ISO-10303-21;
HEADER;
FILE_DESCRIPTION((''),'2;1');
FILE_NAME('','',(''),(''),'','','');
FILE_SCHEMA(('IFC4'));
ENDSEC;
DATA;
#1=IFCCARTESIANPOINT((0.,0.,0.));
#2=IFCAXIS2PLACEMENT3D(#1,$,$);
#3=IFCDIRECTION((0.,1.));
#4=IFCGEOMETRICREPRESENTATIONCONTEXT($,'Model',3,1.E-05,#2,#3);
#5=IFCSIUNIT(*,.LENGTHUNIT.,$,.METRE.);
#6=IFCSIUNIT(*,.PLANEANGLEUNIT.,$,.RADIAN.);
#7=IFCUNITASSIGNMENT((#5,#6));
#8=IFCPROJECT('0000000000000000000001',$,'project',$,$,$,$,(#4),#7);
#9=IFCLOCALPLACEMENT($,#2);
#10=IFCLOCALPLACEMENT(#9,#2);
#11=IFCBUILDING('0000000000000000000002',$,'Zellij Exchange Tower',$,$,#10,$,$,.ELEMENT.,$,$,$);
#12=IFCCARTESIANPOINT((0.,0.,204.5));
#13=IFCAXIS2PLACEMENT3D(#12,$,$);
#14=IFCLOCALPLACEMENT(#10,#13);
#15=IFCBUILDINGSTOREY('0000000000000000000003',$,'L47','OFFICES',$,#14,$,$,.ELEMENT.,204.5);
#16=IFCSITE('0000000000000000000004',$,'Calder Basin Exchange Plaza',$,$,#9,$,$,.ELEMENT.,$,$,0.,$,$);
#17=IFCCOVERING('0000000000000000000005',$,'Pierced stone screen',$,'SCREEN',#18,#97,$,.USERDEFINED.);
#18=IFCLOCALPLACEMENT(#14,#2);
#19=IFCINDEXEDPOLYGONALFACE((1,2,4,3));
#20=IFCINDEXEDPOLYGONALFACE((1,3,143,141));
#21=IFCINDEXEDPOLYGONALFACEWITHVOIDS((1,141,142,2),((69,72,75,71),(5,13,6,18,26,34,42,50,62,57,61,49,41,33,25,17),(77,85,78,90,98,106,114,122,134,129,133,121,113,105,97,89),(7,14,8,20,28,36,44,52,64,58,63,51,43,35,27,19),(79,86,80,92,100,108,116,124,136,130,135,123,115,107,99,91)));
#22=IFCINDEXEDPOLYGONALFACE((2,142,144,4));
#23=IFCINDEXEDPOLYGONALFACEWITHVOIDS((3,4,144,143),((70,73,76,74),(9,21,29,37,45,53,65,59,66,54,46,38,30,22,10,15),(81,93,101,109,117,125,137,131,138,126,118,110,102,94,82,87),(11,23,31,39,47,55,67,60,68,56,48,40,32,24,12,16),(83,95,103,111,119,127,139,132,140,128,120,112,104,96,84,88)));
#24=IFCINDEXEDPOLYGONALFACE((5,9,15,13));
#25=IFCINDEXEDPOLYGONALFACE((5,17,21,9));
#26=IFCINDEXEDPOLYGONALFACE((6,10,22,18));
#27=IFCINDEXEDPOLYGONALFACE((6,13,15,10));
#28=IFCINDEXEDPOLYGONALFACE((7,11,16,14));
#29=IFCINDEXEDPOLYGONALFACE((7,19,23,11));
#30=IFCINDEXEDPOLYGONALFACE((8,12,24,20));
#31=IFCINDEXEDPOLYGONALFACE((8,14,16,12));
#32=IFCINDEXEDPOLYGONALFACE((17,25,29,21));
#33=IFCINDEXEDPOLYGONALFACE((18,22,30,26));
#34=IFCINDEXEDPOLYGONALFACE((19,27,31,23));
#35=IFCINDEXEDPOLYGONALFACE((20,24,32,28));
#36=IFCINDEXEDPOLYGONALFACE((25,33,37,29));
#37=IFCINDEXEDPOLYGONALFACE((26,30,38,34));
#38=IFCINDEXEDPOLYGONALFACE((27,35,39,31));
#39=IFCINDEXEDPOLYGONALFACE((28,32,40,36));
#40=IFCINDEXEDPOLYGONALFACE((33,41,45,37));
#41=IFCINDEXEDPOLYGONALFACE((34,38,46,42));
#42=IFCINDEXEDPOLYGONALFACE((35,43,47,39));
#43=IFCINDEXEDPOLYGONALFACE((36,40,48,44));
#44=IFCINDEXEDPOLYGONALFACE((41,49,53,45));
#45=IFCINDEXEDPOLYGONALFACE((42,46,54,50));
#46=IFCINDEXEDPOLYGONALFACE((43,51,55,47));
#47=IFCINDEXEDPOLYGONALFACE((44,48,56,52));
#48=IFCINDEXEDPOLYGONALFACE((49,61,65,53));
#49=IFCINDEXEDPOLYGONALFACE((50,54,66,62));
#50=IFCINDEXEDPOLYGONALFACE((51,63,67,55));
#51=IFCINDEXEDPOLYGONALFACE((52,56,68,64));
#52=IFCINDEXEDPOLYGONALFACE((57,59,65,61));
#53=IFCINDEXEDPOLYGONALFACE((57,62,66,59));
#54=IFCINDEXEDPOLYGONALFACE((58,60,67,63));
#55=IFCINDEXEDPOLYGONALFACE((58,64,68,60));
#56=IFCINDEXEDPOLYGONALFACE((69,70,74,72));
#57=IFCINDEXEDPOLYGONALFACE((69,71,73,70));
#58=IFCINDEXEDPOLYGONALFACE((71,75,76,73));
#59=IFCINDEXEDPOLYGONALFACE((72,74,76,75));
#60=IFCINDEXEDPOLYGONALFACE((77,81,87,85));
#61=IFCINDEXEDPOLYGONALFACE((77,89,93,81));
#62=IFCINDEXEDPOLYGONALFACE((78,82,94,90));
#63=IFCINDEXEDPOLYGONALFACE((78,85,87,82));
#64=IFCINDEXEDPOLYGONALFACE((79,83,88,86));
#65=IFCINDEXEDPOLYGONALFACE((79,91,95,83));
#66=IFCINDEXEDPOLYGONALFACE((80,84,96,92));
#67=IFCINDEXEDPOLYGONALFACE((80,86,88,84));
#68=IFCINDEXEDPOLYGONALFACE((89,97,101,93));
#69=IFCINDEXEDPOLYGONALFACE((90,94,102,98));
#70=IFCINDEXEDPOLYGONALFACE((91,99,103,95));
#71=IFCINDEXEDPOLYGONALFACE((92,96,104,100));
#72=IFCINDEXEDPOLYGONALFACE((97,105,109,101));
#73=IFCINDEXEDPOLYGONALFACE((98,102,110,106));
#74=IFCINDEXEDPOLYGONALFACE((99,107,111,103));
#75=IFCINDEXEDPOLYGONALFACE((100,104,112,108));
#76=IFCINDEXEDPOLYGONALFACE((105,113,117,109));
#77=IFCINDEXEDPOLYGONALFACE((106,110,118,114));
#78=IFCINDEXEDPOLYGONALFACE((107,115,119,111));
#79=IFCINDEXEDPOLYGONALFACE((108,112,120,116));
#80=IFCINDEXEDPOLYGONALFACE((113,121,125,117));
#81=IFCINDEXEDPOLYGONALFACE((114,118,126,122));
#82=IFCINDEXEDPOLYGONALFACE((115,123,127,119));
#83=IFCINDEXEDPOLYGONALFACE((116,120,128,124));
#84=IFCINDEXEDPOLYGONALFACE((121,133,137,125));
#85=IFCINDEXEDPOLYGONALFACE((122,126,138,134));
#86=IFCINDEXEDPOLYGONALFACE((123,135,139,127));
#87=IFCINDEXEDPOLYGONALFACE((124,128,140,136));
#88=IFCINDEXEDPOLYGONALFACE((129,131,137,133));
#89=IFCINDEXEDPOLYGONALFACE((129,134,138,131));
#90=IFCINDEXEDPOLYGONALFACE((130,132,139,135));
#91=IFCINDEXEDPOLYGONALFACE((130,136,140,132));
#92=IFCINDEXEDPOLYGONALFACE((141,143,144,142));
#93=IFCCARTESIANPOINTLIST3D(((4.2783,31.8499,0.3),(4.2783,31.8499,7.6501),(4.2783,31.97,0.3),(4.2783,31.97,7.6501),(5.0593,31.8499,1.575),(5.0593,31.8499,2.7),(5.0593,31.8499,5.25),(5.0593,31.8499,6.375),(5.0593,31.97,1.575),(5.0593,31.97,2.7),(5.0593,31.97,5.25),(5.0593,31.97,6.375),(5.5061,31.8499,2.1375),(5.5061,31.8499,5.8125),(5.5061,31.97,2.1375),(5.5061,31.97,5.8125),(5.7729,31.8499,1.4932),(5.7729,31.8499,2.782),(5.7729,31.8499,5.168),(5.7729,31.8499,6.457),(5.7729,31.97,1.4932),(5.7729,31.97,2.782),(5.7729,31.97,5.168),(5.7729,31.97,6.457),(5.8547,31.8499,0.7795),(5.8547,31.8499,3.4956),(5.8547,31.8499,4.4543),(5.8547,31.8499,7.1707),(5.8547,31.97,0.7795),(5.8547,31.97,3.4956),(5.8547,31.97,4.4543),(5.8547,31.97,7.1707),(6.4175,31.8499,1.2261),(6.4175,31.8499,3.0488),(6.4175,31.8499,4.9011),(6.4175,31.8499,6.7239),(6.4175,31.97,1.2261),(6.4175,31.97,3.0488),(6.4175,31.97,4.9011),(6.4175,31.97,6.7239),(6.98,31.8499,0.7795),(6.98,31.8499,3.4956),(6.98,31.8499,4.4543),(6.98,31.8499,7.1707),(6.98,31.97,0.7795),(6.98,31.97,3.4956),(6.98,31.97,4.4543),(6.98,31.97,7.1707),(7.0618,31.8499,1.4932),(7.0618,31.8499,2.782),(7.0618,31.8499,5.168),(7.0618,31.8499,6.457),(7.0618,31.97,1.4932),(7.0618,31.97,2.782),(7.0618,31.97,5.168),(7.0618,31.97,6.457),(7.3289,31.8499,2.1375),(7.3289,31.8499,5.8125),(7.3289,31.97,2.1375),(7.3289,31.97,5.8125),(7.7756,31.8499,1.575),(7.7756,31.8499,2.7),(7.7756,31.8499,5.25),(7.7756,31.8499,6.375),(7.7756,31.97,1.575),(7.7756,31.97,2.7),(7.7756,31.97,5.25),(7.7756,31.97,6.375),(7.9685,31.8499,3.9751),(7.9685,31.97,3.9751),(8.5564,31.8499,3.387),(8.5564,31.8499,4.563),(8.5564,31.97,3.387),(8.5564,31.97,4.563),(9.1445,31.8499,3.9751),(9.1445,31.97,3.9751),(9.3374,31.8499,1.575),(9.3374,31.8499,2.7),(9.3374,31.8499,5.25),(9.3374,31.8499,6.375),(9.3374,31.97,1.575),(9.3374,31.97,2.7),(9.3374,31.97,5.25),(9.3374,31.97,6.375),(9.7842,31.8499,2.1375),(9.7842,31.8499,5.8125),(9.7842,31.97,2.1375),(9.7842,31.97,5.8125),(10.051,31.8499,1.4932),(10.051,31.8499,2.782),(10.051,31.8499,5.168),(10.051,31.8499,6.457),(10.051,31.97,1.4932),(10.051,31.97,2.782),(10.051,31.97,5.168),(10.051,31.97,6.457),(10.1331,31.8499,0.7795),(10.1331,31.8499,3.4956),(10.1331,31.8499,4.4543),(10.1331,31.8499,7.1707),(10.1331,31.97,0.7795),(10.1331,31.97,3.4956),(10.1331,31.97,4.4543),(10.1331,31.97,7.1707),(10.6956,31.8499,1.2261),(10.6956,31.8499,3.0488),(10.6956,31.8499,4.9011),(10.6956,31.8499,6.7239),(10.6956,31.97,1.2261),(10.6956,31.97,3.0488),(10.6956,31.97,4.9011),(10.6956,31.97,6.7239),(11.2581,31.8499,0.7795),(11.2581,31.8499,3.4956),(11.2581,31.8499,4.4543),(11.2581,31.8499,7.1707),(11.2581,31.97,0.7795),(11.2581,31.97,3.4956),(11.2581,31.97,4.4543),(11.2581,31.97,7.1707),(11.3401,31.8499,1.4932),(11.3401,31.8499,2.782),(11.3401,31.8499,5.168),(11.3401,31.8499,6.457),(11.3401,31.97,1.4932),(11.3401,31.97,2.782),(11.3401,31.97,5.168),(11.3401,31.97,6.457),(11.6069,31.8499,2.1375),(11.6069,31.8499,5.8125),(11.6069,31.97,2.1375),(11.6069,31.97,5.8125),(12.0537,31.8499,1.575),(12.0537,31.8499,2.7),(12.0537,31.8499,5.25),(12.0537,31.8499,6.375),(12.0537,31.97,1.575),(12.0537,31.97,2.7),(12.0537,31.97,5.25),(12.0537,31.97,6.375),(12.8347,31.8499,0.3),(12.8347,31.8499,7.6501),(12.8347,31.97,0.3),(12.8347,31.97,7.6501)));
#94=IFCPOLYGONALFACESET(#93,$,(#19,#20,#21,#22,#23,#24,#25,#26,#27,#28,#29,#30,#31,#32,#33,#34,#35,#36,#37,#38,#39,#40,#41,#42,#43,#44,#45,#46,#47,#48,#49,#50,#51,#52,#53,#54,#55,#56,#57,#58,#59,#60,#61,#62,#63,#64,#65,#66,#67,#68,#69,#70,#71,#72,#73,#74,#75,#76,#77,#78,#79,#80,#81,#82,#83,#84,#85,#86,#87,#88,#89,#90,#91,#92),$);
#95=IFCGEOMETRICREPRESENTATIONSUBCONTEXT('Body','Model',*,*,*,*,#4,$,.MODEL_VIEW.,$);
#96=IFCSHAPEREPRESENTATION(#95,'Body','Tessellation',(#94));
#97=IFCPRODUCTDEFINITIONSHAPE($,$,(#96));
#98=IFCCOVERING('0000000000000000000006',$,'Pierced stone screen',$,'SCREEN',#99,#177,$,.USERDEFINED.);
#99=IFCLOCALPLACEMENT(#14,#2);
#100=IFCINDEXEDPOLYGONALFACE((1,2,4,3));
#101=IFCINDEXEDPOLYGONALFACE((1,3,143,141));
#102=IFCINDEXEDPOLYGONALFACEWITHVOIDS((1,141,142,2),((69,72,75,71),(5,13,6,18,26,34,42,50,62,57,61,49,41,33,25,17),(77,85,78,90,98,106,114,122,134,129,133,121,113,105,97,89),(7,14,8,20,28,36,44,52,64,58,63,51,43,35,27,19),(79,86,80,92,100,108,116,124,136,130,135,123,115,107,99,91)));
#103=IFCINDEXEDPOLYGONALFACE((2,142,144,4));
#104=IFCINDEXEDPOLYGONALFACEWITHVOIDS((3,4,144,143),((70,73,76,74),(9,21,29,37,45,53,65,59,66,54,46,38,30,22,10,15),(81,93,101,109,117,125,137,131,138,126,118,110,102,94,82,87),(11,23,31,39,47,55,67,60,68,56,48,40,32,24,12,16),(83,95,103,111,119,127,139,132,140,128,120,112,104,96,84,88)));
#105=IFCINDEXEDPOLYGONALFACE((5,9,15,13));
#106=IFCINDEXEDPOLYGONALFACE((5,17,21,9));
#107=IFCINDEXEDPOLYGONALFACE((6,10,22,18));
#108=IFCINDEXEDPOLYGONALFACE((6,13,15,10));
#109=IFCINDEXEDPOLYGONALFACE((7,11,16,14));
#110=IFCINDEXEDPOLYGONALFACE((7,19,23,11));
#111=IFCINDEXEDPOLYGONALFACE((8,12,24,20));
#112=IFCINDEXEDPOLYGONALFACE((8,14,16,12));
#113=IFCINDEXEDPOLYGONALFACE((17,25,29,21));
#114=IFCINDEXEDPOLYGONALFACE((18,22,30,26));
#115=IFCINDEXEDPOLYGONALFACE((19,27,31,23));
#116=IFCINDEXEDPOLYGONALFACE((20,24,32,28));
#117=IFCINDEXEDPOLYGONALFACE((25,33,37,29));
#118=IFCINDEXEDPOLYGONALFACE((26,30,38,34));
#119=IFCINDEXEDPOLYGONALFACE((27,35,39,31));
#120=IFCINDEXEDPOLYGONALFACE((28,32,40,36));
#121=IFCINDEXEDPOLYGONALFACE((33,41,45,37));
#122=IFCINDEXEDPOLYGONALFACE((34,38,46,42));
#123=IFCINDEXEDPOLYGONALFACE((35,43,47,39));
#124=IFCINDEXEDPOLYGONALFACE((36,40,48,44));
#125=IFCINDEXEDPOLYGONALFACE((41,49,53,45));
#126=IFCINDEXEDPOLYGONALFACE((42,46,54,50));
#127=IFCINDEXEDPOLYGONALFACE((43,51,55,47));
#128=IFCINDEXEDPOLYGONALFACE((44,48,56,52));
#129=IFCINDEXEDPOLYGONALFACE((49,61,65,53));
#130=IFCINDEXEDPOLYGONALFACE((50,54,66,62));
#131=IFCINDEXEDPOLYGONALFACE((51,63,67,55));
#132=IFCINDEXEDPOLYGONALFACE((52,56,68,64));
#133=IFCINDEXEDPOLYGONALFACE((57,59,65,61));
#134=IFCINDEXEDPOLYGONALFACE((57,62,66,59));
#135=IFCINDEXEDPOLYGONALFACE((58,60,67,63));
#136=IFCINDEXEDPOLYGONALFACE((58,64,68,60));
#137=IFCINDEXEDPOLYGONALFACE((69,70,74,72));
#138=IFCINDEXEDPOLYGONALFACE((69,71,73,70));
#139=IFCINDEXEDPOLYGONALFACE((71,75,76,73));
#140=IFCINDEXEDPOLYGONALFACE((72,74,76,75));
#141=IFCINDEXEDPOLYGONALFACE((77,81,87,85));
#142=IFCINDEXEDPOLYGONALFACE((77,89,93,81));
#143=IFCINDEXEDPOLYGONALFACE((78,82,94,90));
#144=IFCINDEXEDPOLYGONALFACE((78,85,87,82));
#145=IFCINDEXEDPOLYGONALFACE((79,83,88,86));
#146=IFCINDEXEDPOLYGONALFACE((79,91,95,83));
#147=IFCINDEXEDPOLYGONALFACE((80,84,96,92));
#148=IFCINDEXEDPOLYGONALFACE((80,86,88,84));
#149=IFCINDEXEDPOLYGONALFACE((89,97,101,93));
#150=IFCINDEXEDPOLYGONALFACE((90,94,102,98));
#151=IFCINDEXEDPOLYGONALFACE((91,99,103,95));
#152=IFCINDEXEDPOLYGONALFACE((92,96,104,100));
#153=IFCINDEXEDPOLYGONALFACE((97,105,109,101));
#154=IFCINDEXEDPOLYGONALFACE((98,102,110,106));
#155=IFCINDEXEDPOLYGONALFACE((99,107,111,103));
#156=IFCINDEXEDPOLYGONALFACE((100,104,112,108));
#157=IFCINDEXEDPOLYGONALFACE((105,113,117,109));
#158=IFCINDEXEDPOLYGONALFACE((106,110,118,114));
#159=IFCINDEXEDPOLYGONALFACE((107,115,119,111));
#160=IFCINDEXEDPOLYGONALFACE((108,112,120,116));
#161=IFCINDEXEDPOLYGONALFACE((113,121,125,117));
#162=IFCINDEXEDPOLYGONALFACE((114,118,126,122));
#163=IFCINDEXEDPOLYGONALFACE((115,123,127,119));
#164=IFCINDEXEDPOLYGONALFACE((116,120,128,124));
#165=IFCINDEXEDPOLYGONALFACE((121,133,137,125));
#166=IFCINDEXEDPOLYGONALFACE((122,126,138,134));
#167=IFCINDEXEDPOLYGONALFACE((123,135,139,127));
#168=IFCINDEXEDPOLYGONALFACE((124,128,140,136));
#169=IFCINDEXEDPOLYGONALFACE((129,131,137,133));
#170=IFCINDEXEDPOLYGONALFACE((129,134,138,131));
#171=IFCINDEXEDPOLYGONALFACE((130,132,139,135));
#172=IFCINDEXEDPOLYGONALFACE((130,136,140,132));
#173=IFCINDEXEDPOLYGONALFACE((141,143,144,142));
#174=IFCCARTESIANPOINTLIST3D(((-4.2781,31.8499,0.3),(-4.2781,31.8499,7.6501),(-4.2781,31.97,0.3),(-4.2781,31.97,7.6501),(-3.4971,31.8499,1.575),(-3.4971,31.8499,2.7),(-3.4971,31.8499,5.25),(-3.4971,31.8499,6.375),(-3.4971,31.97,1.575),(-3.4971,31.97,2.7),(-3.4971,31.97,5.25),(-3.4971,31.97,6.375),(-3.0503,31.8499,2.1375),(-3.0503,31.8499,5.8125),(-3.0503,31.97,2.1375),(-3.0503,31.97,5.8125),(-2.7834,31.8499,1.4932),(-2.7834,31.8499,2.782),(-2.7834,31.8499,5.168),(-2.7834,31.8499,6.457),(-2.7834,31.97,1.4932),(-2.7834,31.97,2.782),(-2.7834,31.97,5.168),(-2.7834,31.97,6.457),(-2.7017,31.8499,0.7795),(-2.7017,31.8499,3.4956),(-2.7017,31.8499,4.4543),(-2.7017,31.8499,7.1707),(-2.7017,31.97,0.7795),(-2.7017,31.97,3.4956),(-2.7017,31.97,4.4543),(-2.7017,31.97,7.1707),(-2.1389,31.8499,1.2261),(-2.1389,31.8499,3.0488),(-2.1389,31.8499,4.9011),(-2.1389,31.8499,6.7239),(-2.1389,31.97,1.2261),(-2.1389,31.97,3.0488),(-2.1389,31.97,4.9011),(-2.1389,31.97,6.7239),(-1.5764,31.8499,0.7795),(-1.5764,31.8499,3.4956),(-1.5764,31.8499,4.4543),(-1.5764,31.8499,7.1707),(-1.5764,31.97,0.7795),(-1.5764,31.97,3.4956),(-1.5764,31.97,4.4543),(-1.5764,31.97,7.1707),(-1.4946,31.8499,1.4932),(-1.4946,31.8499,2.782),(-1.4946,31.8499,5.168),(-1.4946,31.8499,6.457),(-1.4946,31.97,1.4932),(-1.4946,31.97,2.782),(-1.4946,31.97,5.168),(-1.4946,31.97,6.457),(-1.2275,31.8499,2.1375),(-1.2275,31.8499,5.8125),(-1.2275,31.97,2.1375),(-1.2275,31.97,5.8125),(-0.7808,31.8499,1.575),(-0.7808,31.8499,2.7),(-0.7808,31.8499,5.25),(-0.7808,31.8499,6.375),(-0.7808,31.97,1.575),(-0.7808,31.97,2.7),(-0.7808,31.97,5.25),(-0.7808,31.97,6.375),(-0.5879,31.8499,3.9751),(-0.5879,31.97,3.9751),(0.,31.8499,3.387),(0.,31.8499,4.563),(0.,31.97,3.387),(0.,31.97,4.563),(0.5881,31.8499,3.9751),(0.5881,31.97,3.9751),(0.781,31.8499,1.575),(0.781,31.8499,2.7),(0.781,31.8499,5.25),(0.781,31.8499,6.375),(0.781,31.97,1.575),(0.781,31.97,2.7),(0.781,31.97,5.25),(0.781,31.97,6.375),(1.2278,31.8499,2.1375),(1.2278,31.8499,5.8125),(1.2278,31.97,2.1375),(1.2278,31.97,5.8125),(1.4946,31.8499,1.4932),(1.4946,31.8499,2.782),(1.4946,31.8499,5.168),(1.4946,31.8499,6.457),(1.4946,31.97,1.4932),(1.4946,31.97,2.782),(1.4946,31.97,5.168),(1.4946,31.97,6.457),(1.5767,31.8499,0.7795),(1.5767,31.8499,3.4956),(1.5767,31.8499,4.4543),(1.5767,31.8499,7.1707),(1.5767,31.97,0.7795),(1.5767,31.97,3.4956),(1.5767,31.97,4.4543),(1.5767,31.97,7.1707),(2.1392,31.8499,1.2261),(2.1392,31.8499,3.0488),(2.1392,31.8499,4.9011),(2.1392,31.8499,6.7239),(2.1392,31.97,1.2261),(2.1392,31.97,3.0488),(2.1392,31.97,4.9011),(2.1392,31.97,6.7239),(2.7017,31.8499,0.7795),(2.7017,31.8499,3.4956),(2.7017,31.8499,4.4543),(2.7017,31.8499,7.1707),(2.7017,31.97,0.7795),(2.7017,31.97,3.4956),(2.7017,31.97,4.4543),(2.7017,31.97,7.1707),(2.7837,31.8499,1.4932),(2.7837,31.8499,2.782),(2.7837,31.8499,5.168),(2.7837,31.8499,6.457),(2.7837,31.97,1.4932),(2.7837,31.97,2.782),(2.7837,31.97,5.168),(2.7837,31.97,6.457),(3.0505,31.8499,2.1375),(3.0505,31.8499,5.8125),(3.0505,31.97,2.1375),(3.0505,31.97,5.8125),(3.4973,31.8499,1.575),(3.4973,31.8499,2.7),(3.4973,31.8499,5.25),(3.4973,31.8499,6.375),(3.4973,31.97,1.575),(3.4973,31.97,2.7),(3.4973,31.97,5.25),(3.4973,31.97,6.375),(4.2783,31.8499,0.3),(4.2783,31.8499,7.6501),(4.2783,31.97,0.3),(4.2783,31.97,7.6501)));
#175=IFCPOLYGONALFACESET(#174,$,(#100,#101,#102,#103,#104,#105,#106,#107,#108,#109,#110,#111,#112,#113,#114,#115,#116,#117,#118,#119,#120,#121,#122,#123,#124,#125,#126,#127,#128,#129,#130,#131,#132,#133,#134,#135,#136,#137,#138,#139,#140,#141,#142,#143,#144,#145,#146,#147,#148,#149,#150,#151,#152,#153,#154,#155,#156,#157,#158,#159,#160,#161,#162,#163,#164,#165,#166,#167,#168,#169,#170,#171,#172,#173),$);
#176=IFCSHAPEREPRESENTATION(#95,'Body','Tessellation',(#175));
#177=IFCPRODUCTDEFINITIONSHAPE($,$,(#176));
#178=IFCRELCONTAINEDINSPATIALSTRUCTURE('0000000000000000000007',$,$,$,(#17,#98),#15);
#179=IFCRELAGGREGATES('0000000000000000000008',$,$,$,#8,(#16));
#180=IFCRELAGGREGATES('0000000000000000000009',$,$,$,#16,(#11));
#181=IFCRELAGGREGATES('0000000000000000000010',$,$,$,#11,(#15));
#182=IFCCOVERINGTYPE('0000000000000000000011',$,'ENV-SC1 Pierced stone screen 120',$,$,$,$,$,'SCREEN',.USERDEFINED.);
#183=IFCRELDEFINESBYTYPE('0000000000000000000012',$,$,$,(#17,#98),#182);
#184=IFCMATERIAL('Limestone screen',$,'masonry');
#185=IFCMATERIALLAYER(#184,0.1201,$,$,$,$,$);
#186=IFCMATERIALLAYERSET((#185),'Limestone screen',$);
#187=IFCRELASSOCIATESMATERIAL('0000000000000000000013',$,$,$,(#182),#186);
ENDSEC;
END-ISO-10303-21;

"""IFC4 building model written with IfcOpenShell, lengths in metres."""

from ifc_helpers import new_model, si_unit, direction, frame, origin, place, context, subcontext, project, spatial, polyline, outline, extrude, material, layer, layer_set, type_object, element, save


model = new_model("IFC4")

# Units and contexts
model_context = context("Model", 3, precision=1e-05, world=origin(), true_north=direction((0.0, 1.0)))
body_context = subcontext(model_context, "Body", "Model", "MODEL_VIEW")
ifc_project = project(units=[si_unit("LENGTHUNIT", "METRE"), si_unit("PLANEANGLEUNIT", "RADIAN")], contexts=[model_context])

# Site, building, storey
site_placement = place(None, origin())
site = spatial("IfcSite", under=ifc_project, at=site_placement, Name="Calder Basin Exchange Plaza", CompositionType="ELEMENT", RefElevation=0.0)
building_placement = place(site_placement, origin())
building = spatial("IfcBuilding", under=site, at=building_placement, Name="Zellij Exchange Tower", CompositionType="ELEMENT")
storey_placement = place(building_placement, frame((0.0, 0.0, 204.5)))
storey = spatial("IfcBuildingStorey", under=building, at=storey_placement, Name="L47", Description="OFFICES", CompositionType="ELEMENT", Elevation=204.5)

# Coverings
ifc_material_1 = material(Name="Limestone screen", Category="masonry")
ifc_layer_1 = layer(ifc_material_1, 0.1201)
ifc_layer_set_1 = layer_set([ifc_layer_1], Name="Limestone screen")
covering_type = type_object("IfcCoveringType", Name="ENV-SC1 Pierced stone screen 120", ElementType="SCREEN", PredefinedType="USERDEFINED", material=ifc_layer_set_1)
covering_1_placement = place(storey_placement, frame((12.8347, 31.9099, 0.3), z_axis=(0.0, 0.0, 1.0), x_axis=(-1.0, 0.0, 0.0)))
element("IfcCovering", 1, at=covering_1_placement, inside=storey, type_object=covering_type, Name="Pierced stone screen", ObjectType="SCREEN", PredefinedType="USERDEFINED", context=body_context, shape_type="SweptSolid", body=[
    extrude(outline(polyline([(0.0, 0.0), (8.5564, 0.0), (8.5564, 7.3501), (0.0, 7.3501), (0.0, 0.0)]), holes=[polyline([(3.4973, 2.3999), (2.7837, 2.4819), (2.7017, 3.1956), (2.1392, 2.7488), (1.5767, 3.1956), (1.4946, 2.4819), (0.781, 2.3999), (1.2278, 1.8374), (0.781, 1.2749), (1.4946, 1.1931), (1.5767, 0.4795), (2.1392, 0.926), (2.7017, 0.4795), (2.7837, 1.1931), (3.4973, 1.2749), (3.0505, 1.8374), (3.4973, 2.3999)]), polyline([(3.4973, 6.075), (2.7837, 6.157), (2.7017, 6.8706), (2.1392, 6.4238), (1.5767, 6.8706), (1.4946, 6.157), (0.781, 6.075), (1.2278, 5.5125), (0.781, 4.95), (1.4946, 4.8679), (1.5767, 4.1543), (2.1392, 4.6011), (2.7017, 4.1543), (2.7837, 4.8679), (3.4973, 4.95), (3.0505, 5.5125), (3.4973, 6.075)]), polyline([(7.7754, 2.3999), (7.0618, 2.4819), (6.98, 3.1956), (6.4172, 2.7488), (5.8547, 3.1956), (5.7729, 2.4819), (5.0591, 2.3999), (5.5059, 1.8374), (5.0591, 1.2749), (5.7729, 1.1931), (5.8547, 0.4795), (6.4172, 0.926), (6.98, 0.4795), (7.0618, 1.1931), (7.7754, 1.2749), (7.3286, 1.8374), (7.7754, 2.3999)]), polyline([(7.7754, 6.075), (7.0618, 6.157), (6.98, 6.8706), (6.4172, 6.4238), (5.8547, 6.8706), (5.7729, 6.157), (5.0591, 6.075), (5.5059, 5.5125), (5.0591, 4.95), (5.7729, 4.8679), (5.8547, 4.1543), (6.4172, 4.6011), (6.98, 4.1543), (7.0618, 4.8679), (7.7754, 4.95), (7.3286, 5.5125), (7.7754, 6.075)]), polyline([(4.8662, 3.675), (4.2783, 4.2629), (3.6902, 3.675), (4.2783, 3.0869), (4.8662, 3.675)])]), frame((0.0, 0.0601, 0.0), z_axis=(0.0, -1.0, 0.0), x_axis=(1.0, 0.0, 0.0)), (0.0, 0.0, 1.0), 0.1201),
])
covering_2_placement = place(storey_placement, frame((4.2783, 31.9099, 0.3), z_axis=(0.0, 0.0, 1.0), x_axis=(-1.0, 0.0, 0.0)))
element("IfcCovering", 2, at=covering_2_placement, inside=storey, type_object=covering_type, Name="Pierced stone screen", ObjectType="SCREEN", PredefinedType="USERDEFINED", context=body_context, shape_type="SweptSolid", body=[
    extrude(outline(polyline([(0.0, 0.0), (8.5564, 0.0), (8.5564, 7.3501), (0.0, 7.3501), (0.0, 0.0)]), holes=[polyline([(3.4973, 2.3999), (2.7837, 2.4819), (2.7017, 3.1956), (2.1392, 2.7488), (1.5767, 3.1956), (1.4946, 2.4819), (0.781, 2.3999), (1.2278, 1.8374), (0.781, 1.2749), (1.4946, 1.1931), (1.5767, 0.4795), (2.1392, 0.926), (2.7017, 0.4795), (2.7837, 1.1931), (3.4973, 1.2749), (3.0505, 1.8374), (3.4973, 2.3999)]), polyline([(3.4973, 6.075), (2.7837, 6.157), (2.7017, 6.8706), (2.1392, 6.4238), (1.5767, 6.8706), (1.4946, 6.157), (0.781, 6.075), (1.2278, 5.5125), (0.781, 4.95), (1.4946, 4.8679), (1.5767, 4.1543), (2.1392, 4.6011), (2.7017, 4.1543), (2.7837, 4.8679), (3.4973, 4.95), (3.0505, 5.5125), (3.4973, 6.075)]), polyline([(7.7754, 2.3999), (7.0618, 2.4819), (6.98, 3.1956), (6.4172, 2.7488), (5.8547, 3.1956), (5.7729, 2.4819), (5.0591, 2.3999), (5.5059, 1.8374), (5.0591, 1.2749), (5.7729, 1.1931), (5.8547, 0.4795), (6.4172, 0.926), (6.98, 0.4795), (7.0618, 1.1931), (7.7754, 1.2749), (7.3286, 1.8374), (7.7754, 2.3999)]), polyline([(7.7754, 6.075), (7.0618, 6.157), (6.98, 6.8706), (6.4172, 6.4238), (5.8547, 6.8706), (5.7729, 6.157), (5.0591, 6.075), (5.5059, 5.5125), (5.0591, 4.95), (5.7729, 4.8679), (5.8547, 4.1543), (6.4172, 4.6011), (6.98, 4.1543), (7.0618, 4.8679), (7.7754, 4.95), (7.3286, 5.5125), (7.7754, 6.075)]), polyline([(4.8662, 3.675), (4.2783, 4.2629), (3.6902, 3.675), (4.2783, 3.0869), (4.8662, 3.675)])]), frame((0.0, 0.0601, 0.0), z_axis=(0.0, -1.0, 0.0), x_axis=(1.0, 0.0, 0.0)), (0.0, 0.0, 1.0), 0.1201),
])

save(model, "model.ifc")
